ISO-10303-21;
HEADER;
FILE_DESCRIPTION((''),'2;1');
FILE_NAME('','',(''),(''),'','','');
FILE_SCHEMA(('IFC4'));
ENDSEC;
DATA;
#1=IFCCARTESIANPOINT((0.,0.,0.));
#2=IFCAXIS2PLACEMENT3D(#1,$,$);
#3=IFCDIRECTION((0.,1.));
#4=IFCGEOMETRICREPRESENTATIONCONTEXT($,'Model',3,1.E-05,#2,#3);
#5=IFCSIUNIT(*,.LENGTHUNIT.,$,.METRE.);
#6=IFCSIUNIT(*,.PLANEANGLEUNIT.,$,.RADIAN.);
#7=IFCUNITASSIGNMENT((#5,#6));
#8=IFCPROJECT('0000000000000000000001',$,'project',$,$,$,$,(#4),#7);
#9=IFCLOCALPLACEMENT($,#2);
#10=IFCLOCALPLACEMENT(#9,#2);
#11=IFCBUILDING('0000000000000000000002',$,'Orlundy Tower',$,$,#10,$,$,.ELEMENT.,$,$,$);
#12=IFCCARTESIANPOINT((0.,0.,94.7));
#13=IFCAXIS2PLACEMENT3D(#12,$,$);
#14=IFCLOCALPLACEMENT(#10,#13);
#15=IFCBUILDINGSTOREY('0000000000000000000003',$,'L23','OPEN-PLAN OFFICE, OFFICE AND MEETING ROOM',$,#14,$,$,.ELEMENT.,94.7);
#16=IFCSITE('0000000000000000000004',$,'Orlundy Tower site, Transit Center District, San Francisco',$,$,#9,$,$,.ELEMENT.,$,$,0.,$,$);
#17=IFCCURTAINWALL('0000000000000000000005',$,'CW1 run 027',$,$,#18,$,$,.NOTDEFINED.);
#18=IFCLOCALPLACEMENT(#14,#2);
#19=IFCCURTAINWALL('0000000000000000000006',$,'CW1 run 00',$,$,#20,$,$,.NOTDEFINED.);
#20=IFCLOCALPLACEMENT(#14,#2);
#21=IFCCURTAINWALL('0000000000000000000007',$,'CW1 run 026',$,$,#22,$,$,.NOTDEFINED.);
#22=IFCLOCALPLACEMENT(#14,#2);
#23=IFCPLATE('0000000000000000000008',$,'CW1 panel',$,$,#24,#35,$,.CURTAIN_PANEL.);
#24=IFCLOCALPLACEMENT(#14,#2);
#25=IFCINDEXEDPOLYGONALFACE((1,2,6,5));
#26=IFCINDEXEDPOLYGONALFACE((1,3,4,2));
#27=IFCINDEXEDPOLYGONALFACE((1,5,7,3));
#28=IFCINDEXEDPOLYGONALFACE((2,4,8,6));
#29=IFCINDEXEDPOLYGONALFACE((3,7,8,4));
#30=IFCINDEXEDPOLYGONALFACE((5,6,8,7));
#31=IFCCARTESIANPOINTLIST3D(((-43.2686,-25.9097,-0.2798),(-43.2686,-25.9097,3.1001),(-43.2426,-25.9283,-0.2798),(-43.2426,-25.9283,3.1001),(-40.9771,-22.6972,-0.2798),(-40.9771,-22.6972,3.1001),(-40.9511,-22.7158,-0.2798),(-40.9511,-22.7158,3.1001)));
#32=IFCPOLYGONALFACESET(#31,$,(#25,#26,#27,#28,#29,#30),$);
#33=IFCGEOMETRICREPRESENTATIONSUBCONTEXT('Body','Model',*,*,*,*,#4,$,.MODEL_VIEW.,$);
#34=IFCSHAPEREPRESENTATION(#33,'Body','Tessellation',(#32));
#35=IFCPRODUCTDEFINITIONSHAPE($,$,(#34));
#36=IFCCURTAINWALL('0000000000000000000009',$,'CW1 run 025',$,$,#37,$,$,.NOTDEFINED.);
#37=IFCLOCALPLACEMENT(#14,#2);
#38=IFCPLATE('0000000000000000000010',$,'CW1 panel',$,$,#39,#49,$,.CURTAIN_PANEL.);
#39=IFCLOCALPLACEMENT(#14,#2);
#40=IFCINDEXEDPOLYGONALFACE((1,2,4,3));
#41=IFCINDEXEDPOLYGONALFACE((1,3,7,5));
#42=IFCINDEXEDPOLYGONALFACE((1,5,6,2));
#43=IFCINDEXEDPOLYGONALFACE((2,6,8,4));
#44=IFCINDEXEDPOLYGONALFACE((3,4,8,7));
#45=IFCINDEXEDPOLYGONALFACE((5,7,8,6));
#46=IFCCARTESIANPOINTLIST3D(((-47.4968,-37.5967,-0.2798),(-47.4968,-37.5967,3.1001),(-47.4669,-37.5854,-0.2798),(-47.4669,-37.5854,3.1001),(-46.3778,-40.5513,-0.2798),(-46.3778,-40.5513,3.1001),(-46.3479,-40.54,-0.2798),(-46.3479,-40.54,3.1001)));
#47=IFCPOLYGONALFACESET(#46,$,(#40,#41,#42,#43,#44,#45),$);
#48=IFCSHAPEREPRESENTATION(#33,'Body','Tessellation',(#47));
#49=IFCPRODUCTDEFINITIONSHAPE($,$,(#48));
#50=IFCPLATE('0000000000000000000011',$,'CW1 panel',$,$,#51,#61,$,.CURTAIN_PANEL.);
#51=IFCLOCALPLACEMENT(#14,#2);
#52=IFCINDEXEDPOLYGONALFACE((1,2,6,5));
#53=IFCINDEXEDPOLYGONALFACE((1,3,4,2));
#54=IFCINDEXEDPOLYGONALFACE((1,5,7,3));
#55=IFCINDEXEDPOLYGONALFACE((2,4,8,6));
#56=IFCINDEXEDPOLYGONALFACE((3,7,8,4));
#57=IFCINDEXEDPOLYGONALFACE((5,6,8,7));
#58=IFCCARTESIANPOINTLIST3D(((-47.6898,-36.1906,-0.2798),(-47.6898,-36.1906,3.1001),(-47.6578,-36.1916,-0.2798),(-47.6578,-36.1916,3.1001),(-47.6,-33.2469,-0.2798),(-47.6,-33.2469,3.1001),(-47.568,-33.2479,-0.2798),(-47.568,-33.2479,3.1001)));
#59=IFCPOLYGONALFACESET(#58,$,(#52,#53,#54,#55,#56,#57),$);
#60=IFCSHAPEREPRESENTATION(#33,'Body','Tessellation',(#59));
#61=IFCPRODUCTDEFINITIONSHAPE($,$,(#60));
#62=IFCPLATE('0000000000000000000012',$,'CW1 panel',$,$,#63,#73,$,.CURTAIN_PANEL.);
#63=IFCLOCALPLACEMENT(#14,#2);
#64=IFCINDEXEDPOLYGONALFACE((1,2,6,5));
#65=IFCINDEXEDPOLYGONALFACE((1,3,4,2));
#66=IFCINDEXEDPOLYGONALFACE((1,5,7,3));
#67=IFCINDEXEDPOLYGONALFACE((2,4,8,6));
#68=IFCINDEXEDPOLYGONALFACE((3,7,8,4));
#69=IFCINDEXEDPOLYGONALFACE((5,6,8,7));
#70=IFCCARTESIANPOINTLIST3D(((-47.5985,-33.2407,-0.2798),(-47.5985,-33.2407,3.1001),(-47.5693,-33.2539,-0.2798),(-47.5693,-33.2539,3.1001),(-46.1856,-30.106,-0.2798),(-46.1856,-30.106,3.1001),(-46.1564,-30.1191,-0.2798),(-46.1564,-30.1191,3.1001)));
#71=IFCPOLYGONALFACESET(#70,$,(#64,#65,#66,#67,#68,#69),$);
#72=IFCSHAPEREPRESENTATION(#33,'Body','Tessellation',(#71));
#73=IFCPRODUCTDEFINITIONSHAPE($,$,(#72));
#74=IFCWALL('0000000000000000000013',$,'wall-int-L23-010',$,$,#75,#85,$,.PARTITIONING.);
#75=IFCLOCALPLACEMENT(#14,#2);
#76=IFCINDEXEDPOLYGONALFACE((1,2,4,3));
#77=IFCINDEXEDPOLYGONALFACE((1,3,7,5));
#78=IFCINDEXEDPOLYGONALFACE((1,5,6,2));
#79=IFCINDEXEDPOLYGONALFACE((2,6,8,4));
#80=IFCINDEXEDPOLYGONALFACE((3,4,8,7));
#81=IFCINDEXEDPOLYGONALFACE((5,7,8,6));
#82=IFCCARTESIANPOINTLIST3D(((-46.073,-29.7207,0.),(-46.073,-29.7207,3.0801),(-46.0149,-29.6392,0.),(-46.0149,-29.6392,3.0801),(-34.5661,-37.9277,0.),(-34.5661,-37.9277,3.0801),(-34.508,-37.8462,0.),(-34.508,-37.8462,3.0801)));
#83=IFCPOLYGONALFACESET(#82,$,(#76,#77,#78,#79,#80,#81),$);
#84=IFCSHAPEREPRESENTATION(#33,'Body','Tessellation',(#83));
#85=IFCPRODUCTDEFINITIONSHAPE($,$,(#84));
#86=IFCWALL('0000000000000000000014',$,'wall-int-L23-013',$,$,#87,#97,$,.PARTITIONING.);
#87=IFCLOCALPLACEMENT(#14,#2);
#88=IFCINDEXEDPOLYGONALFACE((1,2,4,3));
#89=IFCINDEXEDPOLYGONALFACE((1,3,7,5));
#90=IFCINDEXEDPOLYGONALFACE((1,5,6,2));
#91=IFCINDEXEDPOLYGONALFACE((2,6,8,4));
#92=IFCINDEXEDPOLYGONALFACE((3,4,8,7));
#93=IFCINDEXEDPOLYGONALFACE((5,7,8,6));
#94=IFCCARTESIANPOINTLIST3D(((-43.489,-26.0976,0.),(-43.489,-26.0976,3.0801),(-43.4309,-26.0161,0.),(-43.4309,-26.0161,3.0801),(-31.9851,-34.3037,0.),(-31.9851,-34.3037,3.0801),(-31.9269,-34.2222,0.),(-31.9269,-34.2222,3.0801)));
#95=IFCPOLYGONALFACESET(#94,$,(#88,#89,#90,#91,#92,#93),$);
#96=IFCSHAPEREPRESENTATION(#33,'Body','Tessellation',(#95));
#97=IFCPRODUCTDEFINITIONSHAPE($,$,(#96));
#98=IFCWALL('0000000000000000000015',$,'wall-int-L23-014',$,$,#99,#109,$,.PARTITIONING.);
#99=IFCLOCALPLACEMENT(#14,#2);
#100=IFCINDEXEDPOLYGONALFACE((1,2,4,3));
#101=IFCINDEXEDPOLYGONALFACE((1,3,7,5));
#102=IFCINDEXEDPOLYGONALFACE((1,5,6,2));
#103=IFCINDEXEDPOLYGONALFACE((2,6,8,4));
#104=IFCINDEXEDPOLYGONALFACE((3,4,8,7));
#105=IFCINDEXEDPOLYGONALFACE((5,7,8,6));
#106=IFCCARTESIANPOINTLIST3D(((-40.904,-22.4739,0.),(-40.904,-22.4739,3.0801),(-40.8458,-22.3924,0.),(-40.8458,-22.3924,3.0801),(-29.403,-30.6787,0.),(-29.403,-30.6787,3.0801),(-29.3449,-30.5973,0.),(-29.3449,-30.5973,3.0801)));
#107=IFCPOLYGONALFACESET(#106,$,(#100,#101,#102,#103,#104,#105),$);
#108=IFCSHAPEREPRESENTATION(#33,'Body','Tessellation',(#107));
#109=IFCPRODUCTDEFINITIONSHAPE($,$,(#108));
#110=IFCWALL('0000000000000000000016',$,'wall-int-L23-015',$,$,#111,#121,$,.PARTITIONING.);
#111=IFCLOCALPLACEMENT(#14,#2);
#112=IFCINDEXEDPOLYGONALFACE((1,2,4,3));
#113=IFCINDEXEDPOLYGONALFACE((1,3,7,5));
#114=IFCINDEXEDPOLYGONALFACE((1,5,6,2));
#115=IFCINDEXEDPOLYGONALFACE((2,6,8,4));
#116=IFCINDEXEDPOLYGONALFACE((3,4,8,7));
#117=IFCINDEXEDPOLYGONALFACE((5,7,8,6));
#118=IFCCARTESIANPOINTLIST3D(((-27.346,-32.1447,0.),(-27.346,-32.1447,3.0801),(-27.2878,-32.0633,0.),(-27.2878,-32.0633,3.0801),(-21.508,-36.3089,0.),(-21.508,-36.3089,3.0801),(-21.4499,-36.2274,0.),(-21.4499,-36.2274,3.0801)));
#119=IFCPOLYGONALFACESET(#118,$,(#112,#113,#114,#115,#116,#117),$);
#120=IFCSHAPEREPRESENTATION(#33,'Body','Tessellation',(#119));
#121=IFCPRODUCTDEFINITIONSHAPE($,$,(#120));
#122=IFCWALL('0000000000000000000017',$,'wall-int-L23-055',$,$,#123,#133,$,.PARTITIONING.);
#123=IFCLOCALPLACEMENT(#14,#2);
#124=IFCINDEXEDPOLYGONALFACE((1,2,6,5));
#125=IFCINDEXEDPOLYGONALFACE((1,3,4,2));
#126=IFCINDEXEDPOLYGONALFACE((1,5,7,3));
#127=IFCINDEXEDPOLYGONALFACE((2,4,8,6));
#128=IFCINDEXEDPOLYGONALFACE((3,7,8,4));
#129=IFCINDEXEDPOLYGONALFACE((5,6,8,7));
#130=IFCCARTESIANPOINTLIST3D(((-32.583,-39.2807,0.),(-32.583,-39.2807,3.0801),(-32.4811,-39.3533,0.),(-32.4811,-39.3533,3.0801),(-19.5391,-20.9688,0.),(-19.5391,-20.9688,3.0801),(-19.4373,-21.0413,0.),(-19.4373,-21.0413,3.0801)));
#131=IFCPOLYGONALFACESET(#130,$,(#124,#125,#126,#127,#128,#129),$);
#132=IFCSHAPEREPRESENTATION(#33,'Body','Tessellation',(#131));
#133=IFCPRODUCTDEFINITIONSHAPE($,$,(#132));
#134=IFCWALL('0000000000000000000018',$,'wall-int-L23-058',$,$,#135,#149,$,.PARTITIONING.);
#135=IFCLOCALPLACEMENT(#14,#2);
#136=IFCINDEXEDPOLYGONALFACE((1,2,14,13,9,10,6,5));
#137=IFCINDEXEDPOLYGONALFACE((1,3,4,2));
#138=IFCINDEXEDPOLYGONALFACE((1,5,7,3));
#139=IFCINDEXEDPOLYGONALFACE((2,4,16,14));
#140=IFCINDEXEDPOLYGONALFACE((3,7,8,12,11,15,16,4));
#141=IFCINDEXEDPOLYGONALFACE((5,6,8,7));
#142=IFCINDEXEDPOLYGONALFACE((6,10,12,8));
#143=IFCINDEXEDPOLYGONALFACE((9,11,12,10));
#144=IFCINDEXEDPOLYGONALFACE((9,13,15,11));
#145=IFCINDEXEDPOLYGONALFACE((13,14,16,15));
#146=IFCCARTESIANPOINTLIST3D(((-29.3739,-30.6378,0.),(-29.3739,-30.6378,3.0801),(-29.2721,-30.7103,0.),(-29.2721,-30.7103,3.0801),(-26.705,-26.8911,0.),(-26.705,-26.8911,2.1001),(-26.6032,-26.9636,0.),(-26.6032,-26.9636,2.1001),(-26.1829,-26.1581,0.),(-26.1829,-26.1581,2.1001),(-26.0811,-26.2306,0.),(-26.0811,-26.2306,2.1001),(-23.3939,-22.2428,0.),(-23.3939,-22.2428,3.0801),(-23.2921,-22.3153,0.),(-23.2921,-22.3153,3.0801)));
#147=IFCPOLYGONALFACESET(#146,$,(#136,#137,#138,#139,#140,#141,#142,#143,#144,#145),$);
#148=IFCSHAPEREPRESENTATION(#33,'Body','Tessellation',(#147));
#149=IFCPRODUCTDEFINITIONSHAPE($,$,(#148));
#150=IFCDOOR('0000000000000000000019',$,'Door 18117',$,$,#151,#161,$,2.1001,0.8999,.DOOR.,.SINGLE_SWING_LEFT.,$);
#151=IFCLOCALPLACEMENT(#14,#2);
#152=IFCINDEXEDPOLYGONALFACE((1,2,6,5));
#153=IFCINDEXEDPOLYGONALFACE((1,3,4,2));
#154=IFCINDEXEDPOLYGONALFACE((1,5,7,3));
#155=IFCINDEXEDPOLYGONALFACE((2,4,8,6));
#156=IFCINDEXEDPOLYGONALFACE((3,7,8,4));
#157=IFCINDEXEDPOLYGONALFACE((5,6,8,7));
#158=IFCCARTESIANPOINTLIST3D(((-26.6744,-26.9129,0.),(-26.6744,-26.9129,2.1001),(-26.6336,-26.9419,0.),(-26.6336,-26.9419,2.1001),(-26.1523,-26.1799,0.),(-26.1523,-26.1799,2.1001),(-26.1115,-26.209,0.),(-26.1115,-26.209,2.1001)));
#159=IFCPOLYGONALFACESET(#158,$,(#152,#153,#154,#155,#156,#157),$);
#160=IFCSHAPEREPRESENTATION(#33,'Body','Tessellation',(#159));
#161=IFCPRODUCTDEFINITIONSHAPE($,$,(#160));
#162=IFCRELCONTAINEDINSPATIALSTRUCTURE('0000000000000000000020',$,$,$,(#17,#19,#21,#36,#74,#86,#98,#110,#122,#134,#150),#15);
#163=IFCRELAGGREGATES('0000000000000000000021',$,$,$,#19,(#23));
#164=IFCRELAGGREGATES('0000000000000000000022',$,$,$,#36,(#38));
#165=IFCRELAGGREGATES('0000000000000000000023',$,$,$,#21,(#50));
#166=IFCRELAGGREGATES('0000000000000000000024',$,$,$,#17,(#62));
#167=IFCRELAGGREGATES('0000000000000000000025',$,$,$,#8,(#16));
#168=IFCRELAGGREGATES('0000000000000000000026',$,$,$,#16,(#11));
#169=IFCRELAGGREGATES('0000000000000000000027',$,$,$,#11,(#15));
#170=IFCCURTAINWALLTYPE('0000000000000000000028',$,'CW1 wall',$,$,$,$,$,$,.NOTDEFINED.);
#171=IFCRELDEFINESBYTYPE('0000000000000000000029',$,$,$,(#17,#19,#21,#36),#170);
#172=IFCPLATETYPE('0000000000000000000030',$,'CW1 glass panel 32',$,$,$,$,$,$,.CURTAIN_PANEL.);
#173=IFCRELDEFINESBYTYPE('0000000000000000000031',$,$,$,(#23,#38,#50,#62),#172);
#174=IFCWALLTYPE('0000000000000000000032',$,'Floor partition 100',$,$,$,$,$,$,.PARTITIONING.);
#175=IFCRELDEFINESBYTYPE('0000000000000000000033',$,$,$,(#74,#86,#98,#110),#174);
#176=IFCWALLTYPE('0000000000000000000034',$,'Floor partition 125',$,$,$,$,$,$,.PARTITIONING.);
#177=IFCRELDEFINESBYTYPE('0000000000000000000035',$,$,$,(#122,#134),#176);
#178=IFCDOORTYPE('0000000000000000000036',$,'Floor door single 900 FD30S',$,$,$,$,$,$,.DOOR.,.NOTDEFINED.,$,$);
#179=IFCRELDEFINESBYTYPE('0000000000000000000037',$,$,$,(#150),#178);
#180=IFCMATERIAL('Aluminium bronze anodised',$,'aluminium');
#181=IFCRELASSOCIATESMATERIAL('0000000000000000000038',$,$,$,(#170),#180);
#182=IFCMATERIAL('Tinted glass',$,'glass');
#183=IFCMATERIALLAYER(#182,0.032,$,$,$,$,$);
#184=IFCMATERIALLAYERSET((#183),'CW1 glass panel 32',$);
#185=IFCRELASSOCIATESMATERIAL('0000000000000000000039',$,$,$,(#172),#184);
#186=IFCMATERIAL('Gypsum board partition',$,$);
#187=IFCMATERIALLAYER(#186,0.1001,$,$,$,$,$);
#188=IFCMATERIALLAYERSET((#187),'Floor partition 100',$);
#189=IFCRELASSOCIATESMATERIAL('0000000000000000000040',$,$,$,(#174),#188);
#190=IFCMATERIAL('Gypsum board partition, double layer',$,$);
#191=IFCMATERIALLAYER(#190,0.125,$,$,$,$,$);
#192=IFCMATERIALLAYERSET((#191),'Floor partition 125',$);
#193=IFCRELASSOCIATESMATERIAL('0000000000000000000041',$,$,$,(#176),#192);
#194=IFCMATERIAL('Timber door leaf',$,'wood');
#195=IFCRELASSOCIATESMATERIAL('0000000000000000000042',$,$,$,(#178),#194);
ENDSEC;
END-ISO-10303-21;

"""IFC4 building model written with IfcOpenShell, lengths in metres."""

from ifc_helpers import new_model, si_unit, direction, frame, frame_2d, origin, origin_2d, place, context, subcontext, project, spatial, rectangle, extrude, material, layer, layer_set, type_object, element, fill, aggregate, save


model = new_model("IFC4")

# Units and contexts
model_context = context("Model", 3, precision=1e-05, world=origin(), true_north=direction((0.0, 1.0)))
body_context = subcontext(model_context, "Body", "Model", "MODEL_VIEW")
ifc_project = project(units=[si_unit("LENGTHUNIT", "METRE"), si_unit("PLANEANGLEUNIT", "RADIAN")], contexts=[model_context])

# Site, building, storey
site_placement = place(None, origin())
site = spatial("IfcSite", under=ifc_project, at=site_placement, Name="Orlundy Tower site, Transit Center District, San Francisco", CompositionType="ELEMENT", RefElevation=0.0)
building_placement = place(site_placement, origin())
building = spatial("IfcBuilding", under=site, at=building_placement, Name="Orlundy Tower", CompositionType="ELEMENT")
storey_placement = place(building_placement, frame((0.0, 0.0, 94.7)))
storey = spatial("IfcBuildingStorey", under=building, at=storey_placement, Name="L23", Description="OPEN-PLAN OFFICE, OFFICE AND MEETING ROOM", CompositionType="ELEMENT", Elevation=94.7)

# Curtain wall
ifc_material_1 = material(Name="Aluminium bronze anodised", Category="aluminium")
curtain_wall_type = type_object("IfcCurtainWallType", Name="CW1 wall", PredefinedType="NOTDEFINED", material=ifc_material_1)
curtain_wall_1_placement = place(storey_placement, origin())
curtain_wall_1 = element("IfcCurtainWall", 1, at=curtain_wall_1_placement, inside=storey, type_object=curtain_wall_type, Name="CW1 run 027", PredefinedType="NOTDEFINED")

# Curtain wall
curtain_wall_2_placement = place(storey_placement, origin())
curtain_wall_2 = element("IfcCurtainWall", 2, at=curtain_wall_2_placement, inside=storey, type_object=curtain_wall_type, Name="CW1 run 00", PredefinedType="NOTDEFINED")

# Curtain wall
curtain_wall_3_placement = place(storey_placement, origin())
curtain_wall_3 = element("IfcCurtainWall", 3, at=curtain_wall_3_placement, inside=storey, type_object=curtain_wall_type, Name="CW1 run 026", PredefinedType="NOTDEFINED")

# Plate
ifc_material_2 = material(Name="Tinted glass", Category="glass")
ifc_layer_1 = layer(ifc_material_2, 0.032)
ifc_layer_set_1 = layer_set([ifc_layer_1], Name="CW1 glass panel 32")
plate_type = type_object("IfcPlateType", Name="CW1 glass panel 32", PredefinedType="CURTAIN_PANEL", material=ifc_layer_set_1)
plate_1_placement = place(storey_placement, frame((-42.1099, -24.3127, -0.2798), z_axis=(0.0, 0.0, 1.0), x_axis=(0.580701, 0.814117, 0.0)))
plate_1 = element("IfcPlate", 4, at=plate_1_placement, type_object=plate_type, Name="CW1 panel", PredefinedType="CURTAIN_PANEL", context=body_context, shape_type="SweptSolid", body=[
    extrude(rectangle(XDim=3.946, YDim=0.032, at=origin_2d()), origin(), (0.0, 0.0, 1.0), 3.3799),
])
aggregate(curtain_wall_2, [plate_1])

# Curtain wall, plate
curtain_wall_4_placement = place(storey_placement, origin())
curtain_wall_4 = element("IfcCurtainWall", 5, at=curtain_wall_4_placement, inside=storey, type_object=curtain_wall_type, Name="CW1 run 025", PredefinedType="NOTDEFINED")
plate_2_placement = place(storey_placement, frame((-46.9224, -39.0684, -0.2798), z_axis=(0.0, 0.0, 1.0), x_axis=(-0.354166, 0.935182, 0.0)))
plate_2 = element("IfcPlate", 6, at=plate_2_placement, type_object=plate_type, Name="CW1 panel", PredefinedType="CURTAIN_PANEL", context=body_context, shape_type="SweptSolid", body=[
    extrude(rectangle(XDim=3.1594, YDim=0.032, at=origin_2d()), origin(), (0.0, 0.0, 1.0), 3.3799),
])
aggregate(curtain_wall_4, [plate_2])

# Plates
plate_3_placement = place(storey_placement, frame((-47.6289, -34.7192, -0.2798), z_axis=(0.0, 0.0, 1.0), x_axis=(0.030485, 0.999535, 0.0)))
plate_3 = element("IfcPlate", 7, at=plate_3_placement, type_object=plate_type, Name="CW1 panel", PredefinedType="CURTAIN_PANEL", context=body_context, shape_type="SweptSolid", body=[
    extrude(rectangle(XDim=2.9451, YDim=0.032, at=origin_2d()), origin(), (0.0, 0.0, 1.0), 3.3799),
])
aggregate(curtain_wall_3, [plate_3])
plate_4_placement = place(storey_placement, frame((-46.8774, -31.6799, -0.2798), z_axis=(0.0, 0.0, 1.0), x_axis=(0.410914, 0.911674, 0.0)))
plate_4 = element("IfcPlate", 8, at=plate_4_placement, type_object=plate_type, Name="CW1 panel", PredefinedType="CURTAIN_PANEL", context=body_context, shape_type="SweptSolid", body=[
    extrude(rectangle(XDim=3.4385, YDim=0.032, at=origin_2d()), origin(), (0.0, 0.0, 1.0), 3.3799),
])
aggregate(curtain_wall_1, [plate_4])

# Walls
ifc_material_3 = material(Name="Gypsum board partition")
ifc_layer_2 = layer(ifc_material_3, 0.1001)
ifc_layer_set_2 = layer_set([ifc_layer_2], Name="Floor partition 100")
wall_type_1 = type_object("IfcWallType", Name="Floor partition 100", PredefinedType="PARTITIONING", material=ifc_layer_set_2)
wall_1_placement = place(storey_placement, frame((-46.0439, -29.6799, 0.0), z_axis=(0.0, 0.0, 1.0), x_axis=(0.814139, -0.580669, 0.0)))
element("IfcWall", 9, at=wall_1_placement, inside=storey, type_object=wall_type_1, Name="wall-int-L23-010", PredefinedType="PARTITIONING", context=body_context, shape_type="SweptSolid", body=[
    extrude(rectangle(XDim=14.1338, YDim=0.1001, at=frame_2d((7.0669, 0.0))), origin(), (0.0, 0.0, 1.0), 3.0801),
])
wall_2_placement = place(storey_placement, frame((-43.46, -26.0569, 0.0), z_axis=(0.0, 0.0, 1.0), x_axis=(0.814102, -0.580722, 0.0)))
element("IfcWall", 10, at=wall_2_placement, inside=storey, type_object=wall_type_1, Name="wall-int-L23-013", PredefinedType="PARTITIONING", context=body_context, shape_type="SweptSolid", body=[
    extrude(rectangle(XDim=14.1309, YDim=0.1001, at=frame_2d((7.0654, 0.0))), origin(), (0.0, 0.0, 1.0), 3.0801),
])
wall_3_placement = place(storey_placement, frame((-40.875, -22.4331, 0.0), z_axis=(0.0, 0.0, 1.0), x_axis=(0.814073, -0.580762, 0.0)))
element("IfcWall", 11, at=wall_3_placement, inside=storey, type_object=wall_type_1, Name="wall-int-L23-014", PredefinedType="PARTITIONING", context=body_context, shape_type="SweptSolid", body=[
    extrude(rectangle(XDim=14.1277, YDim=0.1001, at=frame_2d((7.064, 0.0))), origin(), (0.0, 0.0, 1.0), 3.0801),
])
wall_4_placement = place(storey_placement, frame((-27.3169, -32.104, 0.0), z_axis=(0.0, 0.0, 1.0), x_axis=(0.81412, -0.580697, 0.0)))
element("IfcWall", 12, at=wall_4_placement, inside=storey, type_object=wall_type_1, Name="wall-int-L23-015", PredefinedType="PARTITIONING", context=body_context, shape_type="SweptSolid", body=[
    extrude(rectangle(XDim=7.1709, YDim=0.1001, at=frame_2d((3.5854, 0.0))), origin(), (0.0, 0.0, 1.0), 3.0801),
])
ifc_material_4 = material(Name="Gypsum board partition, double layer")
ifc_layer_3 = layer(ifc_material_4, 0.125)
ifc_layer_set_3 = layer_set([ifc_layer_3], Name="Floor partition 125")
wall_type_2 = type_object("IfcWallType", Name="Floor partition 125", PredefinedType="PARTITIONING", material=ifc_layer_set_3)
wall_5_placement = place(storey_placement, frame((-32.532, -39.3169, 0.0), z_axis=(0.0, 0.0, 1.0), x_axis=(0.580176, 0.814491, 0.0)))
element("IfcWall", 13, at=wall_5_placement, inside=storey, type_object=wall_type_2, Name="wall-int-L23-055", PredefinedType="PARTITIONING", context=body_context, shape_type="SweptSolid", body=[
    extrude(rectangle(XDim=22.4827, YDim=0.125, at=frame_2d((11.2412, 0.0))), origin(), (0.0, 0.0, 1.0), 3.0801),
])

# Wall, opening, door
wall_6_placement = place(storey_placement, frame((-29.323, -30.6741, 0.0), z_axis=(0.0, 0.0, 1.0), x_axis=(0.58018, 0.814488, 0.0)))
wall_6 = element("IfcWall", 14, at=wall_6_placement, inside=storey, type_object=wall_type_2, Name="wall-int-L23-058", PredefinedType="PARTITIONING", context=body_context, shape_type="SweptSolid", body=[
    extrude(rectangle(XDim=10.3071, YDim=0.125, at=frame_2d((5.1536, 0.0))), origin(), (0.0, 0.0, 1.0), 3.0801),
])
opening_1_placement = place(wall_6_placement, frame((4.6001, 0.0, 0.0)))
opening_1 = element("IfcOpeningElement", 15, at=opening_1_placement, cuts=wall_6, PredefinedType="OPENING", context=body_context, shape_type="SweptSolid", body=[
    extrude(rectangle(XDim=0.8999, YDim=2.1001, at=frame_2d((0.45, 1.05))), frame((0.0, 0.0725, 0.0), z_axis=(0.0, -1.0, 0.0), x_axis=(1.0, 0.0, 0.0)), (0.0, 0.0, 1.0), 0.145),
])
ifc_material_5 = material(Name="Timber door leaf", Category="wood")
door_type = type_object("IfcDoorType", Name="Floor door single 900 FD30S", OperationType="NOTDEFINED", PredefinedType="DOOR", material=ifc_material_5)
door_1_placement = place(opening_1_placement, origin())
door_1 = element("IfcDoor", 16, at=door_1_placement, inside=storey, type_object=door_type, Name="Door 18117", OperationType="SINGLE_SWING_LEFT", OverallHeight=2.1001, OverallWidth=0.8999, PredefinedType="DOOR", context=body_context, shape_type="SweptSolid", body=[
    extrude(rectangle(XDim=0.8999, YDim=2.1001, at=frame_2d((0.45, 1.05))), frame((0.0, 0.0249, 0.0), z_axis=(0.0, -1.0, 0.0), x_axis=(1.0, 0.0, 0.0)), (0.0, 0.0, 1.0), 0.05),
])
fill(opening_1, door_1)

save(model, "model.ifc")
